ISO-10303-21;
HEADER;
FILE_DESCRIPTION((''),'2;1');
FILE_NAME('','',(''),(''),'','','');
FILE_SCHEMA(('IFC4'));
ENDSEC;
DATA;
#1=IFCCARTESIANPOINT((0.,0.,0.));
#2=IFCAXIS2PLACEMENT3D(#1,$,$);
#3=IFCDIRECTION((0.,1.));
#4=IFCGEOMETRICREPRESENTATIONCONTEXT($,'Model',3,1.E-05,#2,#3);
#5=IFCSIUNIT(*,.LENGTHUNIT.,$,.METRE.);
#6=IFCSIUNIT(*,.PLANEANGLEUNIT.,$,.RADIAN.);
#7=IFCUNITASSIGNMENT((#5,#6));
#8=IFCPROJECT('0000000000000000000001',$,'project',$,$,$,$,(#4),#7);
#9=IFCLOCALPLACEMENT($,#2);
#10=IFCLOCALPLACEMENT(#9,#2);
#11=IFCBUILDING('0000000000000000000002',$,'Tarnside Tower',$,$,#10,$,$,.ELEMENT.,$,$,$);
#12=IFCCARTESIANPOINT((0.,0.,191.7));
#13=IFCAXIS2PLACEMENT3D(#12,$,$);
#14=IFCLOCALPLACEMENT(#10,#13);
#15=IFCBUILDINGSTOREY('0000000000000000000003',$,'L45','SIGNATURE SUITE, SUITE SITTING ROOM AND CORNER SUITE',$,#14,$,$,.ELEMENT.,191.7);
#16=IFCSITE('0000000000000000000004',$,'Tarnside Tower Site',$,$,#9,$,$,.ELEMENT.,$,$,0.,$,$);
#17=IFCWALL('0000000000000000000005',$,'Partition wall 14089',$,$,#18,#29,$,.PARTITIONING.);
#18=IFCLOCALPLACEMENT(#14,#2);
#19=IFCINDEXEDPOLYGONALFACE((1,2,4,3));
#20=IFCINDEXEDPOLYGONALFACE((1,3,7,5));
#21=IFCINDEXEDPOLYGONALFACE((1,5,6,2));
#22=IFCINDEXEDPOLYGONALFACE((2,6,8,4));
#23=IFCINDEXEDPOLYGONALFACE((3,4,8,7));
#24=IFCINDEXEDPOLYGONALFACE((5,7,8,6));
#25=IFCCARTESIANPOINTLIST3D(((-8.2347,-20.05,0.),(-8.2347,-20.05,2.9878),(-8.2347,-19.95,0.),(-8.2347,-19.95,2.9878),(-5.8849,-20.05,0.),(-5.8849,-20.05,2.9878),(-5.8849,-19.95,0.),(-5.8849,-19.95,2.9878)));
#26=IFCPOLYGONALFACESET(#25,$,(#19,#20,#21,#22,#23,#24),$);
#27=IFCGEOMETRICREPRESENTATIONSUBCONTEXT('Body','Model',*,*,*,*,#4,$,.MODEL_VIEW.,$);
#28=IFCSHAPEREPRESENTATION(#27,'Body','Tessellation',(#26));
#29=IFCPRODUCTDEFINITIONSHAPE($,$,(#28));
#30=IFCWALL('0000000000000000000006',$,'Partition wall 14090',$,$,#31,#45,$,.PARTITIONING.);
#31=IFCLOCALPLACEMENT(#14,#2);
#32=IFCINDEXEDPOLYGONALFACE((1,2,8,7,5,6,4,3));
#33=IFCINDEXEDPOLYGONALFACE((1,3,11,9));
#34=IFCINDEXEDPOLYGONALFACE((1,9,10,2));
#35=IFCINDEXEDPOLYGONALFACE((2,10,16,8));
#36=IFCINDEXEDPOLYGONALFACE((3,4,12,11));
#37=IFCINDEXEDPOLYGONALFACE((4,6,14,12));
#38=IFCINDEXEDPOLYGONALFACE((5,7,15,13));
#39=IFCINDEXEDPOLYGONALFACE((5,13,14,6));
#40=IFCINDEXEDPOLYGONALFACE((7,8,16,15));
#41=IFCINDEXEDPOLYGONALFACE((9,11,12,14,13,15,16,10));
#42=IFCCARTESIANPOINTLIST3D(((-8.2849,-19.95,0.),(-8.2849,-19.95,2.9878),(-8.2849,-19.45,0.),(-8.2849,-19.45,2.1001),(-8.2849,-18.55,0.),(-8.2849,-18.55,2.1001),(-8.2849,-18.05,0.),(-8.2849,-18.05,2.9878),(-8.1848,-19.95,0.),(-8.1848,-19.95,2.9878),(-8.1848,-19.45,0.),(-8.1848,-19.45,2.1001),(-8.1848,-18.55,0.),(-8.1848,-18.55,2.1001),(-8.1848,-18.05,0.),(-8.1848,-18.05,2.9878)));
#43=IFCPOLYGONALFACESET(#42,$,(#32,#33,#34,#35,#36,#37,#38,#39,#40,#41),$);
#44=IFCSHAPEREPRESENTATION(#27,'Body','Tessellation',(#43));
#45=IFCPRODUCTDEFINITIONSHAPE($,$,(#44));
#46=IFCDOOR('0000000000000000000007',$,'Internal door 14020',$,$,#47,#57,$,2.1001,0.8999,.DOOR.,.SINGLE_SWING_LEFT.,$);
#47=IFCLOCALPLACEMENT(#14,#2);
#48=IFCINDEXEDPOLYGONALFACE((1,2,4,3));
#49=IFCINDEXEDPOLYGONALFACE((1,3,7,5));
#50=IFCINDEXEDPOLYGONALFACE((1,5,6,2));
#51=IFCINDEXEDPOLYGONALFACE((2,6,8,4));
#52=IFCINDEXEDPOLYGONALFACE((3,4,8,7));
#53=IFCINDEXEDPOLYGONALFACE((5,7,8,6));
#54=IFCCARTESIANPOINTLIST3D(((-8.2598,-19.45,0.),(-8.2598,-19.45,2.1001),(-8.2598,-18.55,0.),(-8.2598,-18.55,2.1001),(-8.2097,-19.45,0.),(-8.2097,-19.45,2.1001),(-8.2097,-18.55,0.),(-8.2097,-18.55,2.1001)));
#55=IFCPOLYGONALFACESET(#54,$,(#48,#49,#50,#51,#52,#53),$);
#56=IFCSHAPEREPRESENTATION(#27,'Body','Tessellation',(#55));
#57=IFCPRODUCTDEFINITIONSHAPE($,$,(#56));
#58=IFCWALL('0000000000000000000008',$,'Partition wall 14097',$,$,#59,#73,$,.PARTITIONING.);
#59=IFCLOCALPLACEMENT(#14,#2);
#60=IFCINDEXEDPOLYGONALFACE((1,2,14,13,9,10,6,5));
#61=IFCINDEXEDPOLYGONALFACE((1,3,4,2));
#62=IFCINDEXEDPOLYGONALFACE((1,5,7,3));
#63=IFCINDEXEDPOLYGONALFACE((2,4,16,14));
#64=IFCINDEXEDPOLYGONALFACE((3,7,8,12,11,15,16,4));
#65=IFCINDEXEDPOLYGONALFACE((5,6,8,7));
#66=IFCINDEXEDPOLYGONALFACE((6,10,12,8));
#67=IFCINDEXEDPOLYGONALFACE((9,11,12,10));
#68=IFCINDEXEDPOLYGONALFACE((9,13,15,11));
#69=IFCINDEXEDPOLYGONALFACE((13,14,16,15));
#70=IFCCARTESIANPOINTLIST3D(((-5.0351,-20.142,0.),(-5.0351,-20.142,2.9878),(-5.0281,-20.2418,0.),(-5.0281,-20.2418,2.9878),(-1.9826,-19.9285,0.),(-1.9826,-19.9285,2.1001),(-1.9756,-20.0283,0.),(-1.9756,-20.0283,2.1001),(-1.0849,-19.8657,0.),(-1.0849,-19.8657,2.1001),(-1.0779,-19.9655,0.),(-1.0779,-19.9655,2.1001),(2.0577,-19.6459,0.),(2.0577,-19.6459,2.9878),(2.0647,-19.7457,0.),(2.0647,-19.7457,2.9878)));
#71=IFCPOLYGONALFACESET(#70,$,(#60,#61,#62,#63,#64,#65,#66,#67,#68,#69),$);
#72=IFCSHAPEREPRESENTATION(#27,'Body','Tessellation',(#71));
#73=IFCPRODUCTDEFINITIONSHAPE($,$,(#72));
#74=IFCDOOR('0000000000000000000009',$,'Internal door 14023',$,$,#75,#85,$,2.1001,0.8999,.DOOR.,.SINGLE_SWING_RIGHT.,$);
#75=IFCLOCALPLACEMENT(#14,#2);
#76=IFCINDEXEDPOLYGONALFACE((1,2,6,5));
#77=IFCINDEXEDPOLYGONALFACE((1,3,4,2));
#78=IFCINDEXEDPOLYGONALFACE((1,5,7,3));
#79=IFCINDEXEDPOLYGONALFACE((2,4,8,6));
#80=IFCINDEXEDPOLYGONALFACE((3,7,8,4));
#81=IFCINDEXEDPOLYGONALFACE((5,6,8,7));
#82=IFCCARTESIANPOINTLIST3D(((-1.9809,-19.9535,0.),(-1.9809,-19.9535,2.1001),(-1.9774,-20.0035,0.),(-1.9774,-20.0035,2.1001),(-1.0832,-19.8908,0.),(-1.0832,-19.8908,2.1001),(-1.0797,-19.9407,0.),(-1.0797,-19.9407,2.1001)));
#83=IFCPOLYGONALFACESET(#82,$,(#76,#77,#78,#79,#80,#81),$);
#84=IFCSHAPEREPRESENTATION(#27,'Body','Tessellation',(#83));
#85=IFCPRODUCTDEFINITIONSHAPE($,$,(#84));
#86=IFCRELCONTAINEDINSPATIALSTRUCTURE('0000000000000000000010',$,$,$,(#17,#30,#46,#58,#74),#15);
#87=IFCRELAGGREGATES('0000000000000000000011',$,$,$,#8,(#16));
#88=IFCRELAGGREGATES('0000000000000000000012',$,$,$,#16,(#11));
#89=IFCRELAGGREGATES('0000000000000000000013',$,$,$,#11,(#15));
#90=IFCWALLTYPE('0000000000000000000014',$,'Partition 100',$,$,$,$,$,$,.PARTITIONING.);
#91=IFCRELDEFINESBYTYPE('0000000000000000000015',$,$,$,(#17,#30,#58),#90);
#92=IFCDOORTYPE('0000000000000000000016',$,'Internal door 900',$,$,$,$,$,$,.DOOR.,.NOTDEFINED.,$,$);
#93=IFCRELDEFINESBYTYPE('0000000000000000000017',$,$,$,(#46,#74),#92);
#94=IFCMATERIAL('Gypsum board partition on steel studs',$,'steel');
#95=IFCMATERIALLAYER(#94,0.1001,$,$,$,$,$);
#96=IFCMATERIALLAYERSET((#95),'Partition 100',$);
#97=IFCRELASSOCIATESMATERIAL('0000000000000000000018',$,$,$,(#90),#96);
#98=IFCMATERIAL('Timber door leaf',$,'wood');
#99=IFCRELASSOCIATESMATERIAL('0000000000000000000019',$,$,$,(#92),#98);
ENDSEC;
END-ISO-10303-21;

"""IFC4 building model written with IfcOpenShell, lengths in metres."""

from ifc_helpers import new_model, si_unit, direction, frame, frame_2d, origin, place, context, subcontext, project, spatial, rectangle, extrude, material, layer, layer_set, type_object, element, fill, save


model = new_model("IFC4")

# Units and contexts
model_context = context("Model", 3, precision=1e-05, world=origin(), true_north=direction((0.0, 1.0)))
body_context = subcontext(model_context, "Body", "Model", "MODEL_VIEW")
ifc_project = project(units=[si_unit("LENGTHUNIT", "METRE"), si_unit("PLANEANGLEUNIT", "RADIAN")], contexts=[model_context])

# Site, building, storey
site_placement = place(None, origin())
site = spatial("IfcSite", under=ifc_project, at=site_placement, Name="Tarnside Tower Site", CompositionType="ELEMENT", RefElevation=0.0)
building_placement = place(site_placement, origin())
building = spatial("IfcBuilding", under=site, at=building_placement, Name="Tarnside Tower", CompositionType="ELEMENT")
storey_placement = place(building_placement, frame((0.0, 0.0, 191.7)))
storey = spatial("IfcBuildingStorey", under=building, at=storey_placement, Name="L45", Description="SIGNATURE SUITE, SUITE SITTING ROOM AND CORNER SUITE", CompositionType="ELEMENT", Elevation=191.7)

# Shared definitions
ifc_material_1 = material(Name="Gypsum board partition on steel studs", Category="steel")
ifc_material_2 = material(Name="Timber door leaf", Category="wood")

# Wall
ifc_layer_1 = layer(ifc_material_1, 0.1001)
ifc_layer_set_1 = layer_set([ifc_layer_1], Name="Partition 100")
wall_type_1 = type_object("IfcWallType", Name="Partition 100", PredefinedType="PARTITIONING", material=ifc_layer_set_1)
wall_1_placement = place(storey_placement, frame((-5.885, -20.0, 0.0), z_axis=(0.0, 0.0, 1.0), x_axis=(-1.0, 0.0, 0.0)))
element("IfcWall", 1, at=wall_1_placement, inside=storey, type_object=wall_type_1, Name="Partition wall 14089", PredefinedType="PARTITIONING", context=body_context, shape_type="SweptSolid", body=[
    extrude(rectangle(XDim=2.3499, YDim=0.1001, at=frame_2d((1.1748, 0.0))), origin(), (0.0, 0.0, 1.0), 2.9878),
])

# Walls, openings, doors
wall_2_placement = place(storey_placement, frame((-8.2349, -19.95, 0.0), z_axis=(0.0, 0.0, 1.0), x_axis=(0.0, 1.0, 0.0)))
wall_2 = element("IfcWall", 2, at=wall_2_placement, inside=storey, type_object=wall_type_1, Name="Partition wall 14090", PredefinedType="PARTITIONING", context=body_context, shape_type="SweptSolid", body=[
    extrude(rectangle(XDim=1.8999, YDim=0.1001, at=frame_2d((0.95, 0.0))), origin(), (0.0, 0.0, 1.0), 2.9878),
])
opening_1_placement = place(wall_2_placement, frame((0.5, 0.0, 0.0)))
opening_1 = element("IfcOpeningElement", 3, at=opening_1_placement, cuts=wall_2, PredefinedType="OPENING", context=body_context, shape_type="SweptSolid", body=[
    extrude(rectangle(XDim=0.8999, YDim=2.1001, at=frame_2d((0.45, 1.05))), frame((0.0, 0.0601, 0.0), z_axis=(0.0, -1.0, 0.0), x_axis=(1.0, 0.0, 0.0)), (0.0, 0.0, 1.0), 0.1201),
])
door_type_1 = type_object("IfcDoorType", Name="Internal door 900", OperationType="NOTDEFINED", PredefinedType="DOOR", material=ifc_material_2)
door_1_placement = place(opening_1_placement, origin())
door_1 = element("IfcDoor", 4, at=door_1_placement, inside=storey, type_object=door_type_1, Name="Internal door 14020", OperationType="SINGLE_SWING_LEFT", OverallHeight=2.1001, OverallWidth=0.8999, PredefinedType="DOOR", context=body_context, shape_type="SweptSolid", body=[
    extrude(rectangle(XDim=0.8999, YDim=2.1001, at=frame_2d((0.45, 1.05))), frame((0.0, 0.0249, 0.0), z_axis=(0.0, -1.0, 0.0), x_axis=(1.0, 0.0, 0.0)), (0.0, 0.0, 1.0), 0.05),
])
fill(opening_1, door_1)
wall_3_placement = place(storey_placement, frame((-5.0317, -20.1919, 0.0), z_axis=(0.0, 0.0, 1.0), x_axis=(0.997563, 0.069773, 0.0)))
wall_3 = element("IfcWall", 5, at=wall_3_placement, inside=storey, type_object=wall_type_1, Name="Partition wall 14097", PredefinedType="PARTITIONING", context=body_context, shape_type="SweptSolid", body=[
    extrude(rectangle(XDim=7.1101, YDim=0.1001, at=frame_2d((3.5552, 0.0))), origin(), (0.0, 0.0, 1.0), 2.9878),
])
opening_2_placement = place(wall_3_placement, frame((3.0601, 0.0, 0.0)))
opening_2 = element("IfcOpeningElement", 6, at=opening_2_placement, cuts=wall_3, PredefinedType="OPENING", context=body_context, shape_type="SweptSolid", body=[
    extrude(rectangle(XDim=0.8999, YDim=2.1001, at=frame_2d((0.45, 1.05))), frame((0.0, 0.0601, 0.0), z_axis=(0.0, -1.0, 0.0), x_axis=(1.0, 0.0, 0.0)), (0.0, 0.0, 1.0), 0.1201),
])
door_2_placement = place(opening_2_placement, origin())
door_2 = element("IfcDoor", 7, at=door_2_placement, inside=storey, type_object=door_type_1, Name="Internal door 14023", OperationType="SINGLE_SWING_RIGHT", OverallHeight=2.1001, OverallWidth=0.8999, PredefinedType="DOOR", context=body_context, shape_type="SweptSolid", body=[
    extrude(rectangle(XDim=0.8999, YDim=2.1001, at=frame_2d((0.45, 1.05))), frame((0.0, 0.0249, 0.0), z_axis=(0.0, -1.0, 0.0), x_axis=(1.0, 0.0, 0.0)), (0.0, 0.0, 1.0), 0.05),
])
fill(opening_2, door_2)

save(model, "model.ifc")
